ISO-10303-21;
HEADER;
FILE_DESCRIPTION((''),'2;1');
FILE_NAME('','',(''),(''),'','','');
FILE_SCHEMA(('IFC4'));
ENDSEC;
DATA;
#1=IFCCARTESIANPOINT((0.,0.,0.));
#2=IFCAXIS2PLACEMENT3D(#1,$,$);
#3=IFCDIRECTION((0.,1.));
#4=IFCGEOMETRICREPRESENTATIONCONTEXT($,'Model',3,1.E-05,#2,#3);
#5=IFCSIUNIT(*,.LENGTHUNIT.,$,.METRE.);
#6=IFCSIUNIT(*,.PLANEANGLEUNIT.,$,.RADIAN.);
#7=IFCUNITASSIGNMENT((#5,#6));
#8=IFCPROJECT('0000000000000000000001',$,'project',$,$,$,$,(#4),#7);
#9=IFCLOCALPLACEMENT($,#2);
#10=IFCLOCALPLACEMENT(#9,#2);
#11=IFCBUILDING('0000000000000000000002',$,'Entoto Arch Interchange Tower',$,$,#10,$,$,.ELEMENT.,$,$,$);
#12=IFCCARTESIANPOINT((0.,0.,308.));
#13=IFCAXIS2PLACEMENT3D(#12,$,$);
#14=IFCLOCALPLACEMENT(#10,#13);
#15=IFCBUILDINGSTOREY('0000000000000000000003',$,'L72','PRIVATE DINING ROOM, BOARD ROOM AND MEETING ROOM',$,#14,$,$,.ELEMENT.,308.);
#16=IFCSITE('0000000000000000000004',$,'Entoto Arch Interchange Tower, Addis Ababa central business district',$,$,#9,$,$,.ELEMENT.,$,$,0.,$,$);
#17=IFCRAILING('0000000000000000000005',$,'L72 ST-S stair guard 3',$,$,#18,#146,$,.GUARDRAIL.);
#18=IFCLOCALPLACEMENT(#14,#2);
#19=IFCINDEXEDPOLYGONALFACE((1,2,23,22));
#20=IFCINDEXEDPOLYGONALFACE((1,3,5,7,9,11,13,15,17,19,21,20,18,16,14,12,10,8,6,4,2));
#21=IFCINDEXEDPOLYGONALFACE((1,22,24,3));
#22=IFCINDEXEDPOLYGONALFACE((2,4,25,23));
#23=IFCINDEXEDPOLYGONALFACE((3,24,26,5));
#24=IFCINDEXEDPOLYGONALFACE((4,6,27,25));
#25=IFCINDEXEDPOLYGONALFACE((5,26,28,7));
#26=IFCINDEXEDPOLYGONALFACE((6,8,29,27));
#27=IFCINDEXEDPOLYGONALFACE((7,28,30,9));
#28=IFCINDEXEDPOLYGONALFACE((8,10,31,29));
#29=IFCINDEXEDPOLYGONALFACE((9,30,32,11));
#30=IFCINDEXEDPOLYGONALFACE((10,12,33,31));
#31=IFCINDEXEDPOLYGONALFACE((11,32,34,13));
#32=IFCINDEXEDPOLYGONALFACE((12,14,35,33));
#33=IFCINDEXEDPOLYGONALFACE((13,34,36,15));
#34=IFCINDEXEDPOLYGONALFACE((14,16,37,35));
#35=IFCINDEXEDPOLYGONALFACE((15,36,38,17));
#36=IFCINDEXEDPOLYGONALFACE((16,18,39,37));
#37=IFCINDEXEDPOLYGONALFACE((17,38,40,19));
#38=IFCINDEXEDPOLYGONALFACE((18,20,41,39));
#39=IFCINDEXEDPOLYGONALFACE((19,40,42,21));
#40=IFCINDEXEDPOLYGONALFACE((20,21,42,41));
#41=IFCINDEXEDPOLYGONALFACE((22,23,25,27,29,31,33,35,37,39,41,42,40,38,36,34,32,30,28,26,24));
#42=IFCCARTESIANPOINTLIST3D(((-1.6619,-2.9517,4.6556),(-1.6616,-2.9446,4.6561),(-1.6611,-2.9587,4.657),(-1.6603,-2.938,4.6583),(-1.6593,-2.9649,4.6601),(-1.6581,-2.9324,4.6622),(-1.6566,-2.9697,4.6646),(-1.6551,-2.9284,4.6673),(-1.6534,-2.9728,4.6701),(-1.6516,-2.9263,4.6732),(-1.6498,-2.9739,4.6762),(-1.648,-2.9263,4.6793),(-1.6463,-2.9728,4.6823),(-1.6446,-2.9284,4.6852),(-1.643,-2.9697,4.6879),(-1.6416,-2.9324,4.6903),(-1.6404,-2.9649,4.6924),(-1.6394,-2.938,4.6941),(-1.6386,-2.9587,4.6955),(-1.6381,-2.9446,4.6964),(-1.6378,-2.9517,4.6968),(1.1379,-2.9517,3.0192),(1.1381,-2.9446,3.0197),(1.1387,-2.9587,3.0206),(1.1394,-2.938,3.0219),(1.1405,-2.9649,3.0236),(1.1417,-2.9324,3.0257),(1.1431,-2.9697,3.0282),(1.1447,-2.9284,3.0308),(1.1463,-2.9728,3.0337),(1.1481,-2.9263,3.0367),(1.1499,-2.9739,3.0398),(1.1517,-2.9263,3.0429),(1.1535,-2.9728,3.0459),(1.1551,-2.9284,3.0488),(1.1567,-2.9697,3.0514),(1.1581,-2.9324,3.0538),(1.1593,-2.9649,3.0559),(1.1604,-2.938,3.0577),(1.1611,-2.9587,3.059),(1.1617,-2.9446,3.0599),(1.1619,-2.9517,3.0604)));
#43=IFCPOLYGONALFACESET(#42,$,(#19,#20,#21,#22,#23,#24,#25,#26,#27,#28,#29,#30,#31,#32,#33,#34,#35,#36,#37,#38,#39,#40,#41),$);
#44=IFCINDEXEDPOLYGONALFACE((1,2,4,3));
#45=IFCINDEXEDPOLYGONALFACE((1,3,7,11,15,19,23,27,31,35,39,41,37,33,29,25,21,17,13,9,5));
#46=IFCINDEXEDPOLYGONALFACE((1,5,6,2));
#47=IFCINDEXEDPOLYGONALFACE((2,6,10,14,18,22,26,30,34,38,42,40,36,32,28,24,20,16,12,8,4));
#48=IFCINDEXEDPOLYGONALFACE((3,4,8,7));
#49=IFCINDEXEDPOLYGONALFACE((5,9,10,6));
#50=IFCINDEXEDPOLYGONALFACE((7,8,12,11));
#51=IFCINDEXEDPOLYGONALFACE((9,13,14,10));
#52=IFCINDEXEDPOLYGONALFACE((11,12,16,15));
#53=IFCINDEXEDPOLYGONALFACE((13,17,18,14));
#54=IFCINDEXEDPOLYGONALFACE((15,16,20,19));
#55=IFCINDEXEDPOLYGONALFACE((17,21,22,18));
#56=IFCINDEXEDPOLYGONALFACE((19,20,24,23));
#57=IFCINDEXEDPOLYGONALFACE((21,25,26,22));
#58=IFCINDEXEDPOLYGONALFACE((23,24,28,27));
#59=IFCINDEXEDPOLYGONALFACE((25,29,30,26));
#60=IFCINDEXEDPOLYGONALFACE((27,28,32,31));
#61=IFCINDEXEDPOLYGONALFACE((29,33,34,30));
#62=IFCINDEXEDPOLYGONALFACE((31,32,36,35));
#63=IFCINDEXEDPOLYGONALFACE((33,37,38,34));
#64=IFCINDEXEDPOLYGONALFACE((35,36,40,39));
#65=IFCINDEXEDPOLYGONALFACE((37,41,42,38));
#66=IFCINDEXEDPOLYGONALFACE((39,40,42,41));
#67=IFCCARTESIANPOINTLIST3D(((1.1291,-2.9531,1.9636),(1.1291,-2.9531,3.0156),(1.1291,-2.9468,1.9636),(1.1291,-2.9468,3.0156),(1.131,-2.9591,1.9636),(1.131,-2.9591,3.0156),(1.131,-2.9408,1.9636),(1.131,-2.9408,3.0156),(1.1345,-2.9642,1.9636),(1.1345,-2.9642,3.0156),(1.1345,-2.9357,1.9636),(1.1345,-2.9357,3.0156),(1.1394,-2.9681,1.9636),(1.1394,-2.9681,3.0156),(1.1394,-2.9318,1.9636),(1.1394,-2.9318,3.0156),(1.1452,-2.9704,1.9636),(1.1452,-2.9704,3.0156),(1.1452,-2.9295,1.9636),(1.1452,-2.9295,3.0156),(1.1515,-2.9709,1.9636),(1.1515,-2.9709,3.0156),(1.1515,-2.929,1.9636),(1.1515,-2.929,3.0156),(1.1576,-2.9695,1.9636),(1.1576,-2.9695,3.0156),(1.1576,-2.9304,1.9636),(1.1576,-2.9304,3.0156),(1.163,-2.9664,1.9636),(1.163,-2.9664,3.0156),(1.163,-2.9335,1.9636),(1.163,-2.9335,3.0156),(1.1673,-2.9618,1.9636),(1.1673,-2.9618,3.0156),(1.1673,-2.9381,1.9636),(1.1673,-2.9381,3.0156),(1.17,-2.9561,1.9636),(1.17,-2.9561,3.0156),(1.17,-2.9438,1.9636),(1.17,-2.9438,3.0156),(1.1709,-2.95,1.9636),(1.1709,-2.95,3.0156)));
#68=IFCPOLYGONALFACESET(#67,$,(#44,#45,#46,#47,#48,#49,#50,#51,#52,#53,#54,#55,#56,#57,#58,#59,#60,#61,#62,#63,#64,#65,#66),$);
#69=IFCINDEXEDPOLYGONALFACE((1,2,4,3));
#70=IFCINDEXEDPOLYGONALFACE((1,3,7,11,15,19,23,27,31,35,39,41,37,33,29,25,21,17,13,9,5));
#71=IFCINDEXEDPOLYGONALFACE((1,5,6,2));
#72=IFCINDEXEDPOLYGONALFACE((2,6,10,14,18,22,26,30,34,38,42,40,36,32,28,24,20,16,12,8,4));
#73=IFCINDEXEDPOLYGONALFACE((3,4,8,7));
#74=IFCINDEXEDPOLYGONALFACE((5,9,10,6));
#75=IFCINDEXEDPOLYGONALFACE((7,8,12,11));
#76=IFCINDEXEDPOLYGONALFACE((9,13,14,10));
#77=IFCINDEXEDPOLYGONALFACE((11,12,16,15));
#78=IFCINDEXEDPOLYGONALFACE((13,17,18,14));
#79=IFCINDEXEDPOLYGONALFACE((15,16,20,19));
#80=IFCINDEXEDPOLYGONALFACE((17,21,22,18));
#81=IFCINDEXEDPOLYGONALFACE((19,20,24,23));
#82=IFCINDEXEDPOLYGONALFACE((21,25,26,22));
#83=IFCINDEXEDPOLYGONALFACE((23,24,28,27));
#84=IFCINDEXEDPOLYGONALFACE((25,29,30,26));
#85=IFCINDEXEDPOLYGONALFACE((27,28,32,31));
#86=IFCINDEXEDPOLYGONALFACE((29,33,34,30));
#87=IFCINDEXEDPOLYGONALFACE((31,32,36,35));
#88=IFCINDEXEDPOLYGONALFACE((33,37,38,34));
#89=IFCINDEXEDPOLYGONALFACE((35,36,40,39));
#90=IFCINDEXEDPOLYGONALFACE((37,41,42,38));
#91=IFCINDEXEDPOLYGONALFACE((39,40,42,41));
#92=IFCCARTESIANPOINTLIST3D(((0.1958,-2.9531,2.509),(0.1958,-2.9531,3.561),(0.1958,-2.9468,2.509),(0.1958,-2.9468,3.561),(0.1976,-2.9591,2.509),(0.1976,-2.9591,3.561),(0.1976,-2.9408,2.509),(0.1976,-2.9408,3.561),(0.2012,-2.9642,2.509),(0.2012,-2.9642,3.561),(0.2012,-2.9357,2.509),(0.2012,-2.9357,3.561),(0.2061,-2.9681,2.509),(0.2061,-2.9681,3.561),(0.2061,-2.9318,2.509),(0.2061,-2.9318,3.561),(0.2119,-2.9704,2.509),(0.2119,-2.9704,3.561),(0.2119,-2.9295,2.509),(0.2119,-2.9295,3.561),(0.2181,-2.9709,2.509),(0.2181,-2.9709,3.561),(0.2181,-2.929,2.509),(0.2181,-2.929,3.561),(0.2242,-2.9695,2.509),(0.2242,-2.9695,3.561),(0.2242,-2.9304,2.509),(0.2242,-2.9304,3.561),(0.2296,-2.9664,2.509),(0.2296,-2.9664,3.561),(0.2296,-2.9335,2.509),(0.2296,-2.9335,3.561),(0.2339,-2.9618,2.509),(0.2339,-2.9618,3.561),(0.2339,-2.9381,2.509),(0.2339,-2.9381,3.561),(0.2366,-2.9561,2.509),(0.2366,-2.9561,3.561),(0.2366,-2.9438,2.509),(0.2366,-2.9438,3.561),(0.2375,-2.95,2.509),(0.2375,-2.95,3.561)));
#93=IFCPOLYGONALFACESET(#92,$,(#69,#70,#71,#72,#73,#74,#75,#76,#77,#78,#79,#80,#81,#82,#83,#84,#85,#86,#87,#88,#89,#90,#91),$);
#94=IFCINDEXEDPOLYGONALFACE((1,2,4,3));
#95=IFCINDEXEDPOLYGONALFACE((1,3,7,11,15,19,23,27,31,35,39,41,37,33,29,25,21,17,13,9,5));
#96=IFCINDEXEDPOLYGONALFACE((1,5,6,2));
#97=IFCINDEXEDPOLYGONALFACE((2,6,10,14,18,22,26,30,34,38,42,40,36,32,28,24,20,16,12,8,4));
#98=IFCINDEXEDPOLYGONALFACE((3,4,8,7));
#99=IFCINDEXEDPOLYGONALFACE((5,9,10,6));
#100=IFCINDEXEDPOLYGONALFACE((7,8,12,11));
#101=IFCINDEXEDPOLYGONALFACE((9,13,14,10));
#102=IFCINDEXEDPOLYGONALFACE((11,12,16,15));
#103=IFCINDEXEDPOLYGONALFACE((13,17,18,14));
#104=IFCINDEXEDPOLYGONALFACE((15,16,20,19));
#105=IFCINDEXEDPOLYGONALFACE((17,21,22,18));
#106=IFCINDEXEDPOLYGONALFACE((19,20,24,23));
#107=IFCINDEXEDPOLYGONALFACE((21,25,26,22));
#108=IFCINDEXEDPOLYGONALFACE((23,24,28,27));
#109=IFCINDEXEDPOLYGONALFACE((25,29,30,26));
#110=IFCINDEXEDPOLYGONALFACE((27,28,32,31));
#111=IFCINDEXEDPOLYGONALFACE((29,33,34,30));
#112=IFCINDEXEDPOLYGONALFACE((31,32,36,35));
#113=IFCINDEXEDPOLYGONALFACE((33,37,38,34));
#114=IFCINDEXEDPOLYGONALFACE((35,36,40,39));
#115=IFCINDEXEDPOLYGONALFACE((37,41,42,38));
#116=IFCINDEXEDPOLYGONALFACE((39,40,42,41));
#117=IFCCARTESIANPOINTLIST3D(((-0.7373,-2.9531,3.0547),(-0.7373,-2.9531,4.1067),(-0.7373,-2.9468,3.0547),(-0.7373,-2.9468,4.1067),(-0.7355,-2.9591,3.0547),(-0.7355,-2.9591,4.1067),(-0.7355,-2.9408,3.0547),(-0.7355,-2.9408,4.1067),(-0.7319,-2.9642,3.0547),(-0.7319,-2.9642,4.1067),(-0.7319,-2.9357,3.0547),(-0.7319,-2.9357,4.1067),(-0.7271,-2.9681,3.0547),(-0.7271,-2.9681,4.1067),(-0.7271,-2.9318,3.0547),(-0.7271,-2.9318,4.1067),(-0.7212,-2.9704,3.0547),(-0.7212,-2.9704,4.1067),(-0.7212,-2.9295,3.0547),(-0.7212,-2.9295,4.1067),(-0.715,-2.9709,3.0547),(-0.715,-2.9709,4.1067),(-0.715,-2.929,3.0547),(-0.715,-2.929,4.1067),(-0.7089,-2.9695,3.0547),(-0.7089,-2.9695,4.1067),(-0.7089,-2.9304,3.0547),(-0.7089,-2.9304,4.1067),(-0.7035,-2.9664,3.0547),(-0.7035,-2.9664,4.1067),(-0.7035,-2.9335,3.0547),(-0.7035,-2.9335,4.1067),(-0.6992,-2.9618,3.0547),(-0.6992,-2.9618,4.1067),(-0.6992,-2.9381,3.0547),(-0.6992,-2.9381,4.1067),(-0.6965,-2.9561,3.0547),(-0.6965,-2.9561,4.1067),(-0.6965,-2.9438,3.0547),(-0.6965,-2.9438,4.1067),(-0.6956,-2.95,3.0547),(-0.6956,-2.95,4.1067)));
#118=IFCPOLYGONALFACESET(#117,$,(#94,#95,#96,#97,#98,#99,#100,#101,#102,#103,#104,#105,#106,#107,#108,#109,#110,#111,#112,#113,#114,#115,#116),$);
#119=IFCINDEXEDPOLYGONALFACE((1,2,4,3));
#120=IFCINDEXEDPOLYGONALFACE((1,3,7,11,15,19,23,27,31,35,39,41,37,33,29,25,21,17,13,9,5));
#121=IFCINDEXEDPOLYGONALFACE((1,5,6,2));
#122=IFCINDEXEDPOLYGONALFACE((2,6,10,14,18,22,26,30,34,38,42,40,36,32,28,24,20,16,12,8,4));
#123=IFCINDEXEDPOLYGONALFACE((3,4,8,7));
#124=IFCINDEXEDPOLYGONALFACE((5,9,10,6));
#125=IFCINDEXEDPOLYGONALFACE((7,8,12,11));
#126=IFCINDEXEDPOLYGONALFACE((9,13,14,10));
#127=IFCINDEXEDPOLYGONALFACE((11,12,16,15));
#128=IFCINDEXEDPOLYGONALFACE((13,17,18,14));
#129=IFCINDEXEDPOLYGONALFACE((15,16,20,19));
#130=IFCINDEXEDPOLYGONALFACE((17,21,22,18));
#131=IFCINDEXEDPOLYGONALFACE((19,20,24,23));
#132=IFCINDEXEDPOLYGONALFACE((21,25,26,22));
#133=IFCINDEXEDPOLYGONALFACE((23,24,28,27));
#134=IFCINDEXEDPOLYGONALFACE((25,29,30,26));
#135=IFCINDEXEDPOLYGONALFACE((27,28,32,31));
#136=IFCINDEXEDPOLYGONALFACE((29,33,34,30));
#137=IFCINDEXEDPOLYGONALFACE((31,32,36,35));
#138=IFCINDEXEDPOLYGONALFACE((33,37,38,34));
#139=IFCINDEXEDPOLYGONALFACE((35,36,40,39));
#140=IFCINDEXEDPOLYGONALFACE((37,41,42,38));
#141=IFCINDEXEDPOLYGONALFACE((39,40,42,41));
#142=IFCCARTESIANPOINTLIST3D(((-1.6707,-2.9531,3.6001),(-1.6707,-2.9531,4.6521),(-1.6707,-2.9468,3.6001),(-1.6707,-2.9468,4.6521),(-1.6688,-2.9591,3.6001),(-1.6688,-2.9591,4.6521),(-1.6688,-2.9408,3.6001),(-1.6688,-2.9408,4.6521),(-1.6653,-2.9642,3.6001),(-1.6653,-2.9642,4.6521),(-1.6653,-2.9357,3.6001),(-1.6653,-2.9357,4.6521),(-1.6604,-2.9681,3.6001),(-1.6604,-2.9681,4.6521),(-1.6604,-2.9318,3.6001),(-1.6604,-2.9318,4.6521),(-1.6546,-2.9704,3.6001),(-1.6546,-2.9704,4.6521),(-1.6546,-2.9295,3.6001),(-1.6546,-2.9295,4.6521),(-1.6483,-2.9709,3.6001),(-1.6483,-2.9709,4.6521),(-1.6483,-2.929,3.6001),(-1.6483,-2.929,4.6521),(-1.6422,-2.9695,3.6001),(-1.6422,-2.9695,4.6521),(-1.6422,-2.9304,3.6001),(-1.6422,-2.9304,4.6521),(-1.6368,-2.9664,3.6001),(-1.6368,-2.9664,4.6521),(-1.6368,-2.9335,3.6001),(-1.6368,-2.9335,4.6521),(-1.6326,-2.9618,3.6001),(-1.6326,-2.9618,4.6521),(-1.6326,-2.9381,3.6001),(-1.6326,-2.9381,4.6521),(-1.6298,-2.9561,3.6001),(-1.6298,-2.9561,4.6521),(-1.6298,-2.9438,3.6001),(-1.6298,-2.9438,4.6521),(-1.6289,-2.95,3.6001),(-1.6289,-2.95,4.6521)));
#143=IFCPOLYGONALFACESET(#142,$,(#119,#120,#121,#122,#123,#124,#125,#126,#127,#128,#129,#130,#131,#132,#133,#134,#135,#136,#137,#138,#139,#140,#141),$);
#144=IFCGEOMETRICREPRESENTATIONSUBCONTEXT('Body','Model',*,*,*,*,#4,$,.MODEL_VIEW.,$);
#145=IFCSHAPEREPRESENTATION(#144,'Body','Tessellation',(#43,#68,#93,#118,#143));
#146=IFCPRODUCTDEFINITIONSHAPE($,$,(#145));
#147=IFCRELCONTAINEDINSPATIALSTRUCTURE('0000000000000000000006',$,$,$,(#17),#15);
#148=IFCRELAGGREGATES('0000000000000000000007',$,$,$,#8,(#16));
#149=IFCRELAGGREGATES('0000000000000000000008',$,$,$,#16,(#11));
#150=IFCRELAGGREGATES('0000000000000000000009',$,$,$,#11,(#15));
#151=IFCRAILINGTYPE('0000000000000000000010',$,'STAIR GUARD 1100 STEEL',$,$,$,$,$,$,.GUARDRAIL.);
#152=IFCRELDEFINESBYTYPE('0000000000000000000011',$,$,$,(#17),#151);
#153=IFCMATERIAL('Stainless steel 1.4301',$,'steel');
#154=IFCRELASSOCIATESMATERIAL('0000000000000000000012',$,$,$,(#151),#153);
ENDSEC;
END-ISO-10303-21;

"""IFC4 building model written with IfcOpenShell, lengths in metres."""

from ifc_helpers import new_model, si_unit, direction, frame, origin, origin_2d, place, context, subcontext, project, spatial, circle, extrude, material, type_object, element, save


model = new_model("IFC4")

# Units and contexts
model_context = context("Model", 3, precision=1e-05, world=origin(), true_north=direction((0.0, 1.0)))
body_context = subcontext(model_context, "Body", "Model", "MODEL_VIEW")
ifc_project = project(units=[si_unit("LENGTHUNIT", "METRE"), si_unit("PLANEANGLEUNIT", "RADIAN")], contexts=[model_context])

# Site, building, storey
site_placement = place(None, origin())
site = spatial("IfcSite", under=ifc_project, at=site_placement, Name="Entoto Arch Interchange Tower, Addis Ababa central business district", CompositionType="ELEMENT", RefElevation=0.0)
building_placement = place(site_placement, origin())
building = spatial("IfcBuilding", under=site, at=building_placement, Name="Entoto Arch Interchange Tower", CompositionType="ELEMENT")
storey_placement = place(building_placement, frame((0.0, 0.0, 308.0)))
storey = spatial("IfcBuildingStorey", under=building, at=storey_placement, Name="L72", Description="PRIVATE DINING ROOM, BOARD ROOM AND MEETING ROOM", CompositionType="ELEMENT", Elevation=308.0)

# Shared definitions
ifc_material_1 = material(Name="Stainless steel 1.4301", Category="steel")

# Railing
railing_type_1 = type_object("IfcRailingType", Name="STAIR GUARD 1100 STEEL", PredefinedType="GUARDRAIL", material=ifc_material_1)
railing_1_placement = place(storey_placement, frame((1.1499, -2.95, 1.9636)))
element("IfcRailing", 1, at=railing_1_placement, inside=storey, type_object=railing_type_1, Name="L72 ST-S stair guard 3", PredefinedType="GUARDRAIL", context=body_context, shape_type="SweptSolid", body=[
    extrude(circle(Radius=0.0239, at=origin_2d()), frame((0.0, 0.0, 1.0762), z_axis=(-0.863342, 0.0, 0.50462), x_axis=(0.0, -1.0, 0.0)), (0.0, 0.0, 1.0), 3.2429),
    extrude(circle(Radius=0.021, at=origin_2d()), origin(), (0.0, 0.0, 1.0), 1.052),
    extrude(circle(Radius=0.021, at=origin_2d()), frame((-0.9333, 0.0, 0.5454)), (0.0, 0.0, 1.0), 1.052),
    extrude(circle(Radius=0.021, at=origin_2d()), frame((-1.8665, 0.0, 1.0911)), (0.0, 0.0, 1.0), 1.052),
    extrude(circle(Radius=0.021, at=origin_2d()), frame((-2.7998, 0.0, 1.6365)), (0.0, 0.0, 1.0), 1.052),
])

save(model, "model.ifc")
